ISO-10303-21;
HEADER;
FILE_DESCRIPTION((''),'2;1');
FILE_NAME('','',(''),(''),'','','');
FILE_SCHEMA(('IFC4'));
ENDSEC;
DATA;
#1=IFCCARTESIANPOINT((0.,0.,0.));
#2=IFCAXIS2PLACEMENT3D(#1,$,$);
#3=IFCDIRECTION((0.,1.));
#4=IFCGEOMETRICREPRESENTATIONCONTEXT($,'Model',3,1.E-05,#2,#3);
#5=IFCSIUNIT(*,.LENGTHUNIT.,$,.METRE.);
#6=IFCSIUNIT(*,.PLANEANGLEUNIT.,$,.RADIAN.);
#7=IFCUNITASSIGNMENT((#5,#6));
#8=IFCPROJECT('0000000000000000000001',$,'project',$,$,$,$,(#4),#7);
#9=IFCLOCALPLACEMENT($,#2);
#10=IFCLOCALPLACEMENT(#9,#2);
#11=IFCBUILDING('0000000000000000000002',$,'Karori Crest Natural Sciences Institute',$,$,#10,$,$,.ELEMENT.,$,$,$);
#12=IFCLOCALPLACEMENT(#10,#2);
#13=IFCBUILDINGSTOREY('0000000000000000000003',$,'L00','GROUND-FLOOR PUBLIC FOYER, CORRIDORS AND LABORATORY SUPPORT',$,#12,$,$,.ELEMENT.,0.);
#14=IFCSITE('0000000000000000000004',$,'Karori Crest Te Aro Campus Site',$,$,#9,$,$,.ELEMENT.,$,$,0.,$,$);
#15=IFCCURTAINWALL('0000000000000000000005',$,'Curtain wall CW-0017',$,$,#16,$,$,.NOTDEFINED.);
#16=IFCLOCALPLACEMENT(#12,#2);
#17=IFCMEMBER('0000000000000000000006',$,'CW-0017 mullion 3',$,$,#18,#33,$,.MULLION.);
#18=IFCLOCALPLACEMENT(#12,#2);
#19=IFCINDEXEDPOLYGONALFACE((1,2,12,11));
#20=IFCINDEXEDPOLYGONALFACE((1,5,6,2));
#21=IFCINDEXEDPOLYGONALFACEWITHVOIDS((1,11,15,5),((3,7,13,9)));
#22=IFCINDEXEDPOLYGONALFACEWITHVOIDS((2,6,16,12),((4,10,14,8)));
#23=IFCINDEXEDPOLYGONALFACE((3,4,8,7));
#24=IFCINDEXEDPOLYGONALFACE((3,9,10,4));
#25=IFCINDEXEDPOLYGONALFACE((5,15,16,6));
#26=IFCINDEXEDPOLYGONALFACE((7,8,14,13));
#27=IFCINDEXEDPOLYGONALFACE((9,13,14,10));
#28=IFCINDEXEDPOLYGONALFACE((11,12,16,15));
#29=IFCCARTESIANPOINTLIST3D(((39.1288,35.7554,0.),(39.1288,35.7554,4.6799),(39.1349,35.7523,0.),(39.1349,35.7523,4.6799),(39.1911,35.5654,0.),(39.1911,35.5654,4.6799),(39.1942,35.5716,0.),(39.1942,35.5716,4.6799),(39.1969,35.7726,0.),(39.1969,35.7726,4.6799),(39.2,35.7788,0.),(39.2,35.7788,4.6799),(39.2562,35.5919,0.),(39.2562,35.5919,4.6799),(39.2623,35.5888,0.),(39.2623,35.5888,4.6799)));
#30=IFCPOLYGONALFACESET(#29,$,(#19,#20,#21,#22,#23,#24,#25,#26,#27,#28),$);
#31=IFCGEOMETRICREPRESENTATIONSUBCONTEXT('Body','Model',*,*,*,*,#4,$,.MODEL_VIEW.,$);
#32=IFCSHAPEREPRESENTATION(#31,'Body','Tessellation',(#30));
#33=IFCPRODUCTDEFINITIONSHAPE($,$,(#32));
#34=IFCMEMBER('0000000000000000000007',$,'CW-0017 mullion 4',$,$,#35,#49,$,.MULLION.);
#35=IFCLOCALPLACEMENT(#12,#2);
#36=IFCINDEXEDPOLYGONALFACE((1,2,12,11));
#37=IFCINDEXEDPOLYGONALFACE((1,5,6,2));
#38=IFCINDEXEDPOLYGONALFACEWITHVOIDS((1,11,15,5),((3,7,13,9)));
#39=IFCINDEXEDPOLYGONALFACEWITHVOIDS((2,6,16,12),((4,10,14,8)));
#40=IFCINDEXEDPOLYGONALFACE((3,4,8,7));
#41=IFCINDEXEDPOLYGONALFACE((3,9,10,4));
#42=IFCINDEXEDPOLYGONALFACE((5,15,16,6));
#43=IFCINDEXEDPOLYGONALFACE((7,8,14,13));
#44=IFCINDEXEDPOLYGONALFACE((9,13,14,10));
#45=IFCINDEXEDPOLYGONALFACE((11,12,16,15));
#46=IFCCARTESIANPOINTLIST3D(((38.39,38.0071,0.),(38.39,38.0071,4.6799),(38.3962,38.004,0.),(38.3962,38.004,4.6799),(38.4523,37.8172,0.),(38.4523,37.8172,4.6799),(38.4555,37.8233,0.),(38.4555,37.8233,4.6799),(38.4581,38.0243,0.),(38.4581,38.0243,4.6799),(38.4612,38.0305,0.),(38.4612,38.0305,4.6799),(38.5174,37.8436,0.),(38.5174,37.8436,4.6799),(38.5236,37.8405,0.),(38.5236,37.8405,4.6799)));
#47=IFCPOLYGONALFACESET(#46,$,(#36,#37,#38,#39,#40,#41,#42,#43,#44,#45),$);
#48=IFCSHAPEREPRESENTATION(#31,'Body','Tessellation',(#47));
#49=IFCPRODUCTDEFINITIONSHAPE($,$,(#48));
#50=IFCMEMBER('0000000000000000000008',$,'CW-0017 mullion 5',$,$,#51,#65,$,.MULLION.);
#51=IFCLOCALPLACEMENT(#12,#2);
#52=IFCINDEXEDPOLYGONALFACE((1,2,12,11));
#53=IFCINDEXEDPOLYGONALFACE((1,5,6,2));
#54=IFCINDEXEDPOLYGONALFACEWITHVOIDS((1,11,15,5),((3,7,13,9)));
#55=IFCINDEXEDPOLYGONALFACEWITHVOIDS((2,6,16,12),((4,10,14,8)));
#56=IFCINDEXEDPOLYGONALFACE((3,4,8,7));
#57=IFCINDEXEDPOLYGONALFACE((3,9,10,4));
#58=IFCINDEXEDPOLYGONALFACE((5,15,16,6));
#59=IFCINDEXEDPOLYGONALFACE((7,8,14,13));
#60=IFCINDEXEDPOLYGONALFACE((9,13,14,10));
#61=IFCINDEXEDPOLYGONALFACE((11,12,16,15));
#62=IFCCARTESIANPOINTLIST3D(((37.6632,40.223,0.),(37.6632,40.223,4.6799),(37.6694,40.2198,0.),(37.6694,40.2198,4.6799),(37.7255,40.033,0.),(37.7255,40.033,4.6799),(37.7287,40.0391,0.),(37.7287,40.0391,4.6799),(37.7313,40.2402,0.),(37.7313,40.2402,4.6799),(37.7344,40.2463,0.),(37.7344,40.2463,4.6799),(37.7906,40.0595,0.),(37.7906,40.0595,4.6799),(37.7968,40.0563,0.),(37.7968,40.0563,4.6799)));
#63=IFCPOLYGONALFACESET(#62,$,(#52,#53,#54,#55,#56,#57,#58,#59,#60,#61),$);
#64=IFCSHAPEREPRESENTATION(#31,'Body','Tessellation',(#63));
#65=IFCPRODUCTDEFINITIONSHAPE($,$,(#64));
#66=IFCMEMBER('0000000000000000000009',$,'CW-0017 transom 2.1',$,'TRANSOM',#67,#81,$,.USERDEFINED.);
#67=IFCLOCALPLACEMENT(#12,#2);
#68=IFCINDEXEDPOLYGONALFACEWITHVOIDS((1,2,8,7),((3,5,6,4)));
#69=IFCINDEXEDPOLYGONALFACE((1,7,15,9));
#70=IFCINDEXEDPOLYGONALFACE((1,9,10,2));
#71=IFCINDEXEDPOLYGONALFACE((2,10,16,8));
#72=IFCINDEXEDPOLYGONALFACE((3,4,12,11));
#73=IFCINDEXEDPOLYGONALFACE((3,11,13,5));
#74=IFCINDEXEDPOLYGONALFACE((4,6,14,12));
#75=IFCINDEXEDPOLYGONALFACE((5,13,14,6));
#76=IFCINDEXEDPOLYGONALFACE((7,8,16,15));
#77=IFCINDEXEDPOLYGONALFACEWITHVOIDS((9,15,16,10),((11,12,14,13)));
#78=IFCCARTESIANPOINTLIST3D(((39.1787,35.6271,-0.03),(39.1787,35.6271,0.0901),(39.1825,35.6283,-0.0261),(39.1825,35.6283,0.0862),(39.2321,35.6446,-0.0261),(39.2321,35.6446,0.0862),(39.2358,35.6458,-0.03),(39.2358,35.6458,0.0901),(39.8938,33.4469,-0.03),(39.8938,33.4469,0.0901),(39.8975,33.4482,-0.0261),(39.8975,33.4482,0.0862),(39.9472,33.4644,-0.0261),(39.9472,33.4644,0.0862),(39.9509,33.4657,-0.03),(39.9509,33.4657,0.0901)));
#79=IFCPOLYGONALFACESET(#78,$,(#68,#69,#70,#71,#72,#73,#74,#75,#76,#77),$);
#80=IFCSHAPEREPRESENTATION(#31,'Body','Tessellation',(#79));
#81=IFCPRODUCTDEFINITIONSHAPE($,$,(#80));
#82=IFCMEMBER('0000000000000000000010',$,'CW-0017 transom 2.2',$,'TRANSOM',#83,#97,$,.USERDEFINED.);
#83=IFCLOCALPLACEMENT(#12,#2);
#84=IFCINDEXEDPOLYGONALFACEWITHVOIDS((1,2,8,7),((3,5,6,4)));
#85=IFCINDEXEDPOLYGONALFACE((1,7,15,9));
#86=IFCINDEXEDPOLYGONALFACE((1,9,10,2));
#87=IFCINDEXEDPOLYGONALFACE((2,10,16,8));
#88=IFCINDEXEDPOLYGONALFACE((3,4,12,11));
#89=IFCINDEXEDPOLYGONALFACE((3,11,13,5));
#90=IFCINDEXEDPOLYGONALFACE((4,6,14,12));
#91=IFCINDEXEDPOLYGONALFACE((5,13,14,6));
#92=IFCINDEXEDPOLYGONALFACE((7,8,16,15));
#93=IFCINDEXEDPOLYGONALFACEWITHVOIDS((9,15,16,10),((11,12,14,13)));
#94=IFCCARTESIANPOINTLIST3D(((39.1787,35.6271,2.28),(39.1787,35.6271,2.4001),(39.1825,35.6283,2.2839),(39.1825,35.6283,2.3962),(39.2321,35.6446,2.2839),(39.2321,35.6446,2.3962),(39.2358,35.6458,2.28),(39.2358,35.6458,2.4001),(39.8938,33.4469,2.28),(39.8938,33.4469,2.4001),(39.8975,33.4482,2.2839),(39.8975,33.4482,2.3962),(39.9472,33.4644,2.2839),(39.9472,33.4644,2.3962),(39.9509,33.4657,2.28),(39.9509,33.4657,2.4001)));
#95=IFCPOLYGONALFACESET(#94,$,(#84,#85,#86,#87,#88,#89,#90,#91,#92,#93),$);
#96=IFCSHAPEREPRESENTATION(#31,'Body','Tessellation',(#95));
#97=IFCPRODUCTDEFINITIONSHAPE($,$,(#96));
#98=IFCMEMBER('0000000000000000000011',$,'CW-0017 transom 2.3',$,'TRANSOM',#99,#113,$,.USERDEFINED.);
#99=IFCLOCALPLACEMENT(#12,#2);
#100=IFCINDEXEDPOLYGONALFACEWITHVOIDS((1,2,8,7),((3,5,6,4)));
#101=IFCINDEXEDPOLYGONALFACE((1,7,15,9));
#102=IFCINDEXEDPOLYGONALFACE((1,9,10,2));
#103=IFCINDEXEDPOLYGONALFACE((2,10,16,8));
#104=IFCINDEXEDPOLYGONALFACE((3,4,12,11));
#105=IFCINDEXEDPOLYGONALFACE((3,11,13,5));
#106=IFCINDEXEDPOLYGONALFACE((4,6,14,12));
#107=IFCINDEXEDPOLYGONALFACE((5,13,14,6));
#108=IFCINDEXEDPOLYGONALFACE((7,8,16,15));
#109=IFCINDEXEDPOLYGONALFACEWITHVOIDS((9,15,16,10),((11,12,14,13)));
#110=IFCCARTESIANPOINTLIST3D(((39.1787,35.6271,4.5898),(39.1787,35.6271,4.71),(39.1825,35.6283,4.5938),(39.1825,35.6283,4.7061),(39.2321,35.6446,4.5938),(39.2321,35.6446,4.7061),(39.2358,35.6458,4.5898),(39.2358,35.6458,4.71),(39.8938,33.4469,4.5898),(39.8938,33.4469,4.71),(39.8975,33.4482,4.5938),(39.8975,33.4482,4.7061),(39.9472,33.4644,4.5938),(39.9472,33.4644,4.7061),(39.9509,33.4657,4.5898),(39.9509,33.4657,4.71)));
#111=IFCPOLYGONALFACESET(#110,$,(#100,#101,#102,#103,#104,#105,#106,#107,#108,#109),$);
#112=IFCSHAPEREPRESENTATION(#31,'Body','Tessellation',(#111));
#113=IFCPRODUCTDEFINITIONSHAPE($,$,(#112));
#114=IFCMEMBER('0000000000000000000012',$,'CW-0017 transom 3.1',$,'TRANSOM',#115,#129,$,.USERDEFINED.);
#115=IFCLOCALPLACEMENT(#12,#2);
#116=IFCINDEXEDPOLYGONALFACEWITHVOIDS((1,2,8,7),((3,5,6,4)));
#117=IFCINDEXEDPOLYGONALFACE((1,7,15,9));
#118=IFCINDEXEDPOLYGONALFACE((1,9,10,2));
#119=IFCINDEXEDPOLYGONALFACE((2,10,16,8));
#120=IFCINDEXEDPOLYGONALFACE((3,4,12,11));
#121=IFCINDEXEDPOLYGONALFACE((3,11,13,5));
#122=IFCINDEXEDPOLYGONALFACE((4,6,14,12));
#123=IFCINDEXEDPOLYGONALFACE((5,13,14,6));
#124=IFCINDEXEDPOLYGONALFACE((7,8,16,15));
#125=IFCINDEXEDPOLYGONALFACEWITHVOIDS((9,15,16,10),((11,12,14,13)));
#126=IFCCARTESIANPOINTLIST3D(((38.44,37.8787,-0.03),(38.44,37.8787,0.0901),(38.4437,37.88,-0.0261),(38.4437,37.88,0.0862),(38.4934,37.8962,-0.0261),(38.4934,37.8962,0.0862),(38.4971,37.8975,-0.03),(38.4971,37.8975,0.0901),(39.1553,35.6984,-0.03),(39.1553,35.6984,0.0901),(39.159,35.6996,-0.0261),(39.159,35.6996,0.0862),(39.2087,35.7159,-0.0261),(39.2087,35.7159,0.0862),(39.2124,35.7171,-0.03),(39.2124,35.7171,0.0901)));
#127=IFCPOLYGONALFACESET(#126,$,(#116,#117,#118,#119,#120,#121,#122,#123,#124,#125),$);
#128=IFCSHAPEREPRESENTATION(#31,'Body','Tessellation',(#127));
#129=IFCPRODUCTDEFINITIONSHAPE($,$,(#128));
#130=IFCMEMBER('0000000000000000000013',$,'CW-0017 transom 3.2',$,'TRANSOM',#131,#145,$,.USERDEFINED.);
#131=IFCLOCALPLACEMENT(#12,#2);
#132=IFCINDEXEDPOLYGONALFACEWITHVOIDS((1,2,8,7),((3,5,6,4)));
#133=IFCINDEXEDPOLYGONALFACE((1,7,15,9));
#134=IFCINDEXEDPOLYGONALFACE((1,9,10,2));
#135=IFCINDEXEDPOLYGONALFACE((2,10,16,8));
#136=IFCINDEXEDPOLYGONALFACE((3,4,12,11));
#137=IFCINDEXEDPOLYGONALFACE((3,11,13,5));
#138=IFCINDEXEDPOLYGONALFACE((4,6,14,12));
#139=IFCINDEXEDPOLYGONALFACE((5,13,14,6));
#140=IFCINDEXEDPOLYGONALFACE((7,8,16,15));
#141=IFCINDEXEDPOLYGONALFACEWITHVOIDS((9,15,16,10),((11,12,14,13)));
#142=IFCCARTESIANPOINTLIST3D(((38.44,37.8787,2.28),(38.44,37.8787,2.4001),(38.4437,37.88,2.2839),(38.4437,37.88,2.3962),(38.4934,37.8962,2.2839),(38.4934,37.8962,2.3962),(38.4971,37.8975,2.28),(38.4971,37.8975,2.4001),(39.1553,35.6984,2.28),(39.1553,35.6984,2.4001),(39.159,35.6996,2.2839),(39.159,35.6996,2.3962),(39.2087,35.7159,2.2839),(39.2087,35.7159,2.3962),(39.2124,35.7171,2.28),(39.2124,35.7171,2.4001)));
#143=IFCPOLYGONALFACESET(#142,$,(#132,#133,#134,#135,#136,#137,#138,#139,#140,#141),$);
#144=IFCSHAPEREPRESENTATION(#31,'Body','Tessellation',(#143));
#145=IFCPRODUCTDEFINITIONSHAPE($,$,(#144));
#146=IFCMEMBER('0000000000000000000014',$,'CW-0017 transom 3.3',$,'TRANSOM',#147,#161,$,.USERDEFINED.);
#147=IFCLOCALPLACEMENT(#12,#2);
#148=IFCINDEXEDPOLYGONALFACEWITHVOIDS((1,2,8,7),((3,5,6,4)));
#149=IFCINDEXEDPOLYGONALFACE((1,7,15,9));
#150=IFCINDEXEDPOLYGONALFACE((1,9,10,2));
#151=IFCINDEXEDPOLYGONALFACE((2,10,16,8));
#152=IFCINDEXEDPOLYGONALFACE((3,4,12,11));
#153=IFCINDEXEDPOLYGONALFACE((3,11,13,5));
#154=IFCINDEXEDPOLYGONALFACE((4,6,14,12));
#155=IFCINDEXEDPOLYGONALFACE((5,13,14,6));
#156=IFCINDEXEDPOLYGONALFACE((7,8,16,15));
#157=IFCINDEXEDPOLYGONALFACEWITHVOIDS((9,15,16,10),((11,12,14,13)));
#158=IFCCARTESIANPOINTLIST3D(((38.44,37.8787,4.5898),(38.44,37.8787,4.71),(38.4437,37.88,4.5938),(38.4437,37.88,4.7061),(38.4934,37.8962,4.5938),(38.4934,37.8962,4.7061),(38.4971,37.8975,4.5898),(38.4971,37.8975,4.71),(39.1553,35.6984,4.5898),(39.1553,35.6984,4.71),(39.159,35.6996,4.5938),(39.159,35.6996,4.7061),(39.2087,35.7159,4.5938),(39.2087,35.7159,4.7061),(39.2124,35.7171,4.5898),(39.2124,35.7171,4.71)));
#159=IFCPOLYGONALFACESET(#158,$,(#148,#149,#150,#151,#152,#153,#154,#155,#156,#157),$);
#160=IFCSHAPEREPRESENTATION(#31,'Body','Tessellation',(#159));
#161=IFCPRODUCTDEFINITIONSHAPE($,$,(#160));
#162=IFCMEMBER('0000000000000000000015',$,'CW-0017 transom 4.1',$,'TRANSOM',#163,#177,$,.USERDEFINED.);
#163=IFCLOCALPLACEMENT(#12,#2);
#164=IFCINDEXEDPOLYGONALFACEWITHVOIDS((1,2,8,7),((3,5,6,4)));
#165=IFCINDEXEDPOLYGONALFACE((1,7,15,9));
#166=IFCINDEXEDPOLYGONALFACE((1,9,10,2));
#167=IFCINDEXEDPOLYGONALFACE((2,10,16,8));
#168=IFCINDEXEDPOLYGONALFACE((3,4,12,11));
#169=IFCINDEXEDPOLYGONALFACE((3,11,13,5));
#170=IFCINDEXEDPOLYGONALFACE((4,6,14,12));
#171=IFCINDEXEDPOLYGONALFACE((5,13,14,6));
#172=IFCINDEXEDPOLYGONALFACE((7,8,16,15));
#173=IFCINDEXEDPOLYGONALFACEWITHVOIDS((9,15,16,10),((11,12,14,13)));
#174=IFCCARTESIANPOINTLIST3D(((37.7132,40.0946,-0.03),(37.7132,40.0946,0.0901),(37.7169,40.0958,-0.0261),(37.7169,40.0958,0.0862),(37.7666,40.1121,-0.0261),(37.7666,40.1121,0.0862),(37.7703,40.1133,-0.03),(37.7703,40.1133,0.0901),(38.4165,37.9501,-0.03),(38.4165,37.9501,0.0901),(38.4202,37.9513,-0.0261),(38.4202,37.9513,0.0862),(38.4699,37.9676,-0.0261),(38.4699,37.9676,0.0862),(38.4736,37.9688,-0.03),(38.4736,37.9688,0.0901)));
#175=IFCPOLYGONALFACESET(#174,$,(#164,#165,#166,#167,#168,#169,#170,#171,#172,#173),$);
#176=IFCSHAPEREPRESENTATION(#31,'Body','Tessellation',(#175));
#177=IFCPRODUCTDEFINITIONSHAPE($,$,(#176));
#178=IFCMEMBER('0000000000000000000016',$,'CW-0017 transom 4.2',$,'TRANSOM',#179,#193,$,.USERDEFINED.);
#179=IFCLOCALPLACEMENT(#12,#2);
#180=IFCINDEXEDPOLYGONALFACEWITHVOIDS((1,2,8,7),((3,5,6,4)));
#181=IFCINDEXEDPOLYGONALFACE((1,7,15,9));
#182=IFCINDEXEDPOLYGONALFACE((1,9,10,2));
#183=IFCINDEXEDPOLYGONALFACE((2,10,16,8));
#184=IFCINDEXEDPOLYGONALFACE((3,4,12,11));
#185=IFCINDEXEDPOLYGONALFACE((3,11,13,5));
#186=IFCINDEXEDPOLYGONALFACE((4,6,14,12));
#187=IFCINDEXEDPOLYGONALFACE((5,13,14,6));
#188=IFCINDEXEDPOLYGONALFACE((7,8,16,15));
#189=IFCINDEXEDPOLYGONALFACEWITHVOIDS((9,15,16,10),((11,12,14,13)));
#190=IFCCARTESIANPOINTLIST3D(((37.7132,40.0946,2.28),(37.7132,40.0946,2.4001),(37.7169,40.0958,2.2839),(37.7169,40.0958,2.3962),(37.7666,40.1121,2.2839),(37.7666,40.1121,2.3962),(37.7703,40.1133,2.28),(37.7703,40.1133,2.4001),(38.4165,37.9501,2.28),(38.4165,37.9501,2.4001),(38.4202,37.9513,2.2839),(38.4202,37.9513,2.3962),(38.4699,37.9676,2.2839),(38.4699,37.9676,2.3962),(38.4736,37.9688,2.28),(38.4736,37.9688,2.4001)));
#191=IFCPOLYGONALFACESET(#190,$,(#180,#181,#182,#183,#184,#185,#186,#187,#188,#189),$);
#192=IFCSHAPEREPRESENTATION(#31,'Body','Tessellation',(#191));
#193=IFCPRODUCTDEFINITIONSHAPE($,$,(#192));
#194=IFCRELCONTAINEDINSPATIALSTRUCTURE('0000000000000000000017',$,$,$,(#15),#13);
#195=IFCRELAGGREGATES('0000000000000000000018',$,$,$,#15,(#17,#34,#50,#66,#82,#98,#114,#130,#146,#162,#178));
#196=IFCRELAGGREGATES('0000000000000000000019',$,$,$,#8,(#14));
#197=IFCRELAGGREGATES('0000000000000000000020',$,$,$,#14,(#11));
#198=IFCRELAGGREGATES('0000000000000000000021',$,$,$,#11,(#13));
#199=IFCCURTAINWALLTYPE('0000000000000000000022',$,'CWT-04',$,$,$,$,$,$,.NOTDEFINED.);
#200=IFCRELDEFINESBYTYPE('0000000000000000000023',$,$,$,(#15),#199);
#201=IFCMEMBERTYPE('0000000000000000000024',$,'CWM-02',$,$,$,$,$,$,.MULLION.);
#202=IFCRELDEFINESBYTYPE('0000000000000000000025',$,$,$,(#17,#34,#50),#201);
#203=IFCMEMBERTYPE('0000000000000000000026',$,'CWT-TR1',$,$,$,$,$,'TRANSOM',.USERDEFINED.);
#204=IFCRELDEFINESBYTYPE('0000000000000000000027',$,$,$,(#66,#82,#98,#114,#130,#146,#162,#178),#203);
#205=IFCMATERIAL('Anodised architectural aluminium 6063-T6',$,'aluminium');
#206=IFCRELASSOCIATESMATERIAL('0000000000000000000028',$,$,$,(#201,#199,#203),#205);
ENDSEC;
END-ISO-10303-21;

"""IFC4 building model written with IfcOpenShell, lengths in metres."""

from ifc_helpers import new_model, si_unit, direction, frame, origin, origin_2d, place, context, subcontext, project, spatial, hollow_rectangle, extrude, material, material_profile, profile_set, type_object, element, aggregate, save


model = new_model("IFC4")

# Units and contexts
model_context = context("Model", 3, precision=1e-05, world=origin(), true_north=direction((0.0, 1.0)))
body_context = subcontext(model_context, "Body", "Model", "MODEL_VIEW")
ifc_project = project(units=[si_unit("LENGTHUNIT", "METRE"), si_unit("PLANEANGLEUNIT", "RADIAN")], contexts=[model_context])

# Site, building, storey
site_placement = place(None, origin())
site = spatial("IfcSite", under=ifc_project, at=site_placement, Name="Karori Crest Te Aro Campus Site", CompositionType="ELEMENT", RefElevation=0.0)
building_placement = place(site_placement, origin())
building = spatial("IfcBuilding", under=site, at=building_placement, Name="Karori Crest Natural Sciences Institute", CompositionType="ELEMENT")
storey_placement = place(building_placement, origin())
storey = spatial("IfcBuildingStorey", under=building, at=storey_placement, Name="L00", Description="GROUND-FLOOR PUBLIC FOYER, CORRIDORS AND LABORATORY SUPPORT", CompositionType="ELEMENT", Elevation=0.0)

# Shared definitions
ifc_material_1 = material(Name="Anodised architectural aluminium 6063-T6", Category="aluminium")
ifc_material_profile_1 = material_profile(ifc_material_1, hollow_rectangle(XDim=0.075, YDim=0.2, WallThickness=0.0049, at=origin_2d()), Name="CWM200x75x5")
ifc_profile_set_1 = profile_set([ifc_material_profile_1], Name="Anodised architectural aluminium 6063-T6")
member_type_1 = type_object("IfcMemberType", Name="CWM-02", PredefinedType="MULLION", material=ifc_profile_set_1)

# Curtain wall, members
curtain_wall_type_1 = type_object("IfcCurtainWallType", Name="CWT-04", PredefinedType="NOTDEFINED", material=ifc_material_1)
curtain_wall_1_placement = place(storey_placement, origin())
curtain_wall_1 = element("IfcCurtainWall", 1, at=curtain_wall_1_placement, inside=storey, type_object=curtain_wall_type_1, Name="Curtain wall CW-0017", PredefinedType="NOTDEFINED")
member_1_placement = place(storey_placement, frame((39.1956, 35.6721, 0.0), z_axis=(0.0, 0.0, 1.0), x_axis=(-0.950176, -0.311714, 0.0)))
member_1 = element("IfcMember", 2, at=member_1_placement, type_object=member_type_1, Name="CW-0017 mullion 3", PredefinedType="MULLION", context=body_context, shape_type="SweptSolid", body=[
    extrude(hollow_rectangle(XDim=0.075, YDim=0.2, WallThickness=0.0049, at=origin_2d()), origin(), (0.0, 0.0, 1.0), 4.6799),
])
member_2_placement = place(storey_placement, frame((38.4568, 37.9238, 0.0), z_axis=(0.0, 0.0, 1.0), x_axis=(-0.950176, -0.311714, 0.0)))
member_2 = element("IfcMember", 3, at=member_2_placement, type_object=member_type_1, Name="CW-0017 mullion 4", PredefinedType="MULLION", context=body_context, shape_type="SweptSolid", body=[
    extrude(hollow_rectangle(XDim=0.075, YDim=0.2, WallThickness=0.0049, at=origin_2d()), origin(), (0.0, 0.0, 1.0), 4.6799),
])
member_3_placement = place(storey_placement, frame((37.73, 40.1396, 0.0), z_axis=(0.0, 0.0, 1.0), x_axis=(-0.950176, -0.311714, 0.0)))
member_3 = element("IfcMember", 4, at=member_3_placement, type_object=member_type_1, Name="CW-0017 mullion 5", PredefinedType="MULLION", context=body_context, shape_type="SweptSolid", body=[
    extrude(hollow_rectangle(XDim=0.075, YDim=0.2, WallThickness=0.0049, at=origin_2d()), origin(), (0.0, 0.0, 1.0), 4.6799),
])
ifc_material_profile_2 = material_profile(ifc_material_1, hollow_rectangle(XDim=0.0601, YDim=0.1201, WallThickness=0.0039, at=origin_2d()), Name="CWT120x60x4")
ifc_profile_set_2 = profile_set([ifc_material_profile_2], Name="Anodised architectural aluminium 6063-T6")
member_type_2 = type_object("IfcMemberType", Name="CWT-TR1", ElementType="TRANSOM", PredefinedType="USERDEFINED", material=ifc_profile_set_2)
member_4_placement = place(storey_placement, frame((39.9224, 33.4563, 0.03), z_axis=(-0.311659, 0.950194, 0.0), x_axis=(-0.950194, -0.311659, 0.0)))
member_4 = element("IfcMember", 5, at=member_4_placement, type_object=member_type_2, Name="CW-0017 transom 2.1", ObjectType="TRANSOM", PredefinedType="USERDEFINED", context=body_context, shape_type="SweptSolid", body=[
    extrude(hollow_rectangle(XDim=0.0601, YDim=0.1201, WallThickness=0.0039, at=origin_2d()), origin(), (0.0, 0.0, 1.0), 2.2944),
])
member_5_placement = place(storey_placement, frame((39.9224, 33.4563, 2.3401), z_axis=(-0.311659, 0.950194, 0.0), x_axis=(-0.950194, -0.311659, 0.0)))
member_5 = element("IfcMember", 6, at=member_5_placement, type_object=member_type_2, Name="CW-0017 transom 2.2", ObjectType="TRANSOM", PredefinedType="USERDEFINED", context=body_context, shape_type="SweptSolid", body=[
    extrude(hollow_rectangle(XDim=0.0601, YDim=0.1201, WallThickness=0.0039, at=origin_2d()), origin(), (0.0, 0.0, 1.0), 2.2944),
])
member_6_placement = place(storey_placement, frame((39.9224, 33.4563, 4.6499), z_axis=(-0.311659, 0.950194, 0.0), x_axis=(-0.950194, -0.311659, 0.0)))
member_6 = element("IfcMember", 7, at=member_6_placement, type_object=member_type_2, Name="CW-0017 transom 2.3", ObjectType="TRANSOM", PredefinedType="USERDEFINED", context=body_context, shape_type="SweptSolid", body=[
    extrude(hollow_rectangle(XDim=0.0601, YDim=0.1201, WallThickness=0.0039, at=origin_2d()), origin(), (0.0, 0.0, 1.0), 2.2944),
])
member_7_placement = place(storey_placement, frame((39.1838, 35.7078, 0.03), z_axis=(-0.311724, 0.950173, 0.0), x_axis=(-0.950173, -0.311724, 0.0)))
member_7 = element("IfcMember", 8, at=member_7_placement, type_object=member_type_2, Name="CW-0017 transom 3.1", ObjectType="TRANSOM", PredefinedType="USERDEFINED", context=body_context, shape_type="SweptSolid", body=[
    extrude(hollow_rectangle(XDim=0.0601, YDim=0.1201, WallThickness=0.0039, at=origin_2d()), origin(), (0.0, 0.0, 1.0), 2.2947),
])
member_8_placement = place(storey_placement, frame((39.1838, 35.7078, 2.3401), z_axis=(-0.311724, 0.950173, 0.0), x_axis=(-0.950173, -0.311724, 0.0)))
member_8 = element("IfcMember", 9, at=member_8_placement, type_object=member_type_2, Name="CW-0017 transom 3.2", ObjectType="TRANSOM", PredefinedType="USERDEFINED", context=body_context, shape_type="SweptSolid", body=[
    extrude(hollow_rectangle(XDim=0.0601, YDim=0.1201, WallThickness=0.0039, at=origin_2d()), origin(), (0.0, 0.0, 1.0), 2.2947),
])
member_9_placement = place(storey_placement, frame((39.1838, 35.7078, 4.6499), z_axis=(-0.311724, 0.950173, 0.0), x_axis=(-0.950173, -0.311724, 0.0)))
member_9 = element("IfcMember", 10, at=member_9_placement, type_object=member_type_2, Name="CW-0017 transom 3.3", ObjectType="TRANSOM", PredefinedType="USERDEFINED", context=body_context, shape_type="SweptSolid", body=[
    extrude(hollow_rectangle(XDim=0.0601, YDim=0.1201, WallThickness=0.0039, at=origin_2d()), origin(), (0.0, 0.0, 1.0), 2.2947),
])
member_10_placement = place(storey_placement, frame((38.4451, 37.9595, 0.03), z_axis=(-0.311648, 0.950198, 0.0), x_axis=(-0.950198, -0.311648, 0.0)))
member_10 = element("IfcMember", 11, at=member_10_placement, type_object=member_type_2, Name="CW-0017 transom 4.1", ObjectType="TRANSOM", PredefinedType="USERDEFINED", context=body_context, shape_type="SweptSolid", body=[
    extrude(hollow_rectangle(XDim=0.0601, YDim=0.1201, WallThickness=0.0039, at=origin_2d()), origin(), (0.0, 0.0, 1.0), 2.2568),
])
member_11_placement = place(storey_placement, frame((38.4451, 37.9595, 2.3401), z_axis=(-0.311648, 0.950198, 0.0), x_axis=(-0.950198, -0.311648, 0.0)))
member_11 = element("IfcMember", 12, at=member_11_placement, type_object=member_type_2, Name="CW-0017 transom 4.2", ObjectType="TRANSOM", PredefinedType="USERDEFINED", context=body_context, shape_type="SweptSolid", body=[
    extrude(hollow_rectangle(XDim=0.0601, YDim=0.1201, WallThickness=0.0039, at=origin_2d()), origin(), (0.0, 0.0, 1.0), 2.2568),
])

aggregate(curtain_wall_1, [member_1, member_2, member_3, member_4, member_5, member_6, member_7, member_8, member_9, member_10, member_11])

save(model, "model.ifc")
